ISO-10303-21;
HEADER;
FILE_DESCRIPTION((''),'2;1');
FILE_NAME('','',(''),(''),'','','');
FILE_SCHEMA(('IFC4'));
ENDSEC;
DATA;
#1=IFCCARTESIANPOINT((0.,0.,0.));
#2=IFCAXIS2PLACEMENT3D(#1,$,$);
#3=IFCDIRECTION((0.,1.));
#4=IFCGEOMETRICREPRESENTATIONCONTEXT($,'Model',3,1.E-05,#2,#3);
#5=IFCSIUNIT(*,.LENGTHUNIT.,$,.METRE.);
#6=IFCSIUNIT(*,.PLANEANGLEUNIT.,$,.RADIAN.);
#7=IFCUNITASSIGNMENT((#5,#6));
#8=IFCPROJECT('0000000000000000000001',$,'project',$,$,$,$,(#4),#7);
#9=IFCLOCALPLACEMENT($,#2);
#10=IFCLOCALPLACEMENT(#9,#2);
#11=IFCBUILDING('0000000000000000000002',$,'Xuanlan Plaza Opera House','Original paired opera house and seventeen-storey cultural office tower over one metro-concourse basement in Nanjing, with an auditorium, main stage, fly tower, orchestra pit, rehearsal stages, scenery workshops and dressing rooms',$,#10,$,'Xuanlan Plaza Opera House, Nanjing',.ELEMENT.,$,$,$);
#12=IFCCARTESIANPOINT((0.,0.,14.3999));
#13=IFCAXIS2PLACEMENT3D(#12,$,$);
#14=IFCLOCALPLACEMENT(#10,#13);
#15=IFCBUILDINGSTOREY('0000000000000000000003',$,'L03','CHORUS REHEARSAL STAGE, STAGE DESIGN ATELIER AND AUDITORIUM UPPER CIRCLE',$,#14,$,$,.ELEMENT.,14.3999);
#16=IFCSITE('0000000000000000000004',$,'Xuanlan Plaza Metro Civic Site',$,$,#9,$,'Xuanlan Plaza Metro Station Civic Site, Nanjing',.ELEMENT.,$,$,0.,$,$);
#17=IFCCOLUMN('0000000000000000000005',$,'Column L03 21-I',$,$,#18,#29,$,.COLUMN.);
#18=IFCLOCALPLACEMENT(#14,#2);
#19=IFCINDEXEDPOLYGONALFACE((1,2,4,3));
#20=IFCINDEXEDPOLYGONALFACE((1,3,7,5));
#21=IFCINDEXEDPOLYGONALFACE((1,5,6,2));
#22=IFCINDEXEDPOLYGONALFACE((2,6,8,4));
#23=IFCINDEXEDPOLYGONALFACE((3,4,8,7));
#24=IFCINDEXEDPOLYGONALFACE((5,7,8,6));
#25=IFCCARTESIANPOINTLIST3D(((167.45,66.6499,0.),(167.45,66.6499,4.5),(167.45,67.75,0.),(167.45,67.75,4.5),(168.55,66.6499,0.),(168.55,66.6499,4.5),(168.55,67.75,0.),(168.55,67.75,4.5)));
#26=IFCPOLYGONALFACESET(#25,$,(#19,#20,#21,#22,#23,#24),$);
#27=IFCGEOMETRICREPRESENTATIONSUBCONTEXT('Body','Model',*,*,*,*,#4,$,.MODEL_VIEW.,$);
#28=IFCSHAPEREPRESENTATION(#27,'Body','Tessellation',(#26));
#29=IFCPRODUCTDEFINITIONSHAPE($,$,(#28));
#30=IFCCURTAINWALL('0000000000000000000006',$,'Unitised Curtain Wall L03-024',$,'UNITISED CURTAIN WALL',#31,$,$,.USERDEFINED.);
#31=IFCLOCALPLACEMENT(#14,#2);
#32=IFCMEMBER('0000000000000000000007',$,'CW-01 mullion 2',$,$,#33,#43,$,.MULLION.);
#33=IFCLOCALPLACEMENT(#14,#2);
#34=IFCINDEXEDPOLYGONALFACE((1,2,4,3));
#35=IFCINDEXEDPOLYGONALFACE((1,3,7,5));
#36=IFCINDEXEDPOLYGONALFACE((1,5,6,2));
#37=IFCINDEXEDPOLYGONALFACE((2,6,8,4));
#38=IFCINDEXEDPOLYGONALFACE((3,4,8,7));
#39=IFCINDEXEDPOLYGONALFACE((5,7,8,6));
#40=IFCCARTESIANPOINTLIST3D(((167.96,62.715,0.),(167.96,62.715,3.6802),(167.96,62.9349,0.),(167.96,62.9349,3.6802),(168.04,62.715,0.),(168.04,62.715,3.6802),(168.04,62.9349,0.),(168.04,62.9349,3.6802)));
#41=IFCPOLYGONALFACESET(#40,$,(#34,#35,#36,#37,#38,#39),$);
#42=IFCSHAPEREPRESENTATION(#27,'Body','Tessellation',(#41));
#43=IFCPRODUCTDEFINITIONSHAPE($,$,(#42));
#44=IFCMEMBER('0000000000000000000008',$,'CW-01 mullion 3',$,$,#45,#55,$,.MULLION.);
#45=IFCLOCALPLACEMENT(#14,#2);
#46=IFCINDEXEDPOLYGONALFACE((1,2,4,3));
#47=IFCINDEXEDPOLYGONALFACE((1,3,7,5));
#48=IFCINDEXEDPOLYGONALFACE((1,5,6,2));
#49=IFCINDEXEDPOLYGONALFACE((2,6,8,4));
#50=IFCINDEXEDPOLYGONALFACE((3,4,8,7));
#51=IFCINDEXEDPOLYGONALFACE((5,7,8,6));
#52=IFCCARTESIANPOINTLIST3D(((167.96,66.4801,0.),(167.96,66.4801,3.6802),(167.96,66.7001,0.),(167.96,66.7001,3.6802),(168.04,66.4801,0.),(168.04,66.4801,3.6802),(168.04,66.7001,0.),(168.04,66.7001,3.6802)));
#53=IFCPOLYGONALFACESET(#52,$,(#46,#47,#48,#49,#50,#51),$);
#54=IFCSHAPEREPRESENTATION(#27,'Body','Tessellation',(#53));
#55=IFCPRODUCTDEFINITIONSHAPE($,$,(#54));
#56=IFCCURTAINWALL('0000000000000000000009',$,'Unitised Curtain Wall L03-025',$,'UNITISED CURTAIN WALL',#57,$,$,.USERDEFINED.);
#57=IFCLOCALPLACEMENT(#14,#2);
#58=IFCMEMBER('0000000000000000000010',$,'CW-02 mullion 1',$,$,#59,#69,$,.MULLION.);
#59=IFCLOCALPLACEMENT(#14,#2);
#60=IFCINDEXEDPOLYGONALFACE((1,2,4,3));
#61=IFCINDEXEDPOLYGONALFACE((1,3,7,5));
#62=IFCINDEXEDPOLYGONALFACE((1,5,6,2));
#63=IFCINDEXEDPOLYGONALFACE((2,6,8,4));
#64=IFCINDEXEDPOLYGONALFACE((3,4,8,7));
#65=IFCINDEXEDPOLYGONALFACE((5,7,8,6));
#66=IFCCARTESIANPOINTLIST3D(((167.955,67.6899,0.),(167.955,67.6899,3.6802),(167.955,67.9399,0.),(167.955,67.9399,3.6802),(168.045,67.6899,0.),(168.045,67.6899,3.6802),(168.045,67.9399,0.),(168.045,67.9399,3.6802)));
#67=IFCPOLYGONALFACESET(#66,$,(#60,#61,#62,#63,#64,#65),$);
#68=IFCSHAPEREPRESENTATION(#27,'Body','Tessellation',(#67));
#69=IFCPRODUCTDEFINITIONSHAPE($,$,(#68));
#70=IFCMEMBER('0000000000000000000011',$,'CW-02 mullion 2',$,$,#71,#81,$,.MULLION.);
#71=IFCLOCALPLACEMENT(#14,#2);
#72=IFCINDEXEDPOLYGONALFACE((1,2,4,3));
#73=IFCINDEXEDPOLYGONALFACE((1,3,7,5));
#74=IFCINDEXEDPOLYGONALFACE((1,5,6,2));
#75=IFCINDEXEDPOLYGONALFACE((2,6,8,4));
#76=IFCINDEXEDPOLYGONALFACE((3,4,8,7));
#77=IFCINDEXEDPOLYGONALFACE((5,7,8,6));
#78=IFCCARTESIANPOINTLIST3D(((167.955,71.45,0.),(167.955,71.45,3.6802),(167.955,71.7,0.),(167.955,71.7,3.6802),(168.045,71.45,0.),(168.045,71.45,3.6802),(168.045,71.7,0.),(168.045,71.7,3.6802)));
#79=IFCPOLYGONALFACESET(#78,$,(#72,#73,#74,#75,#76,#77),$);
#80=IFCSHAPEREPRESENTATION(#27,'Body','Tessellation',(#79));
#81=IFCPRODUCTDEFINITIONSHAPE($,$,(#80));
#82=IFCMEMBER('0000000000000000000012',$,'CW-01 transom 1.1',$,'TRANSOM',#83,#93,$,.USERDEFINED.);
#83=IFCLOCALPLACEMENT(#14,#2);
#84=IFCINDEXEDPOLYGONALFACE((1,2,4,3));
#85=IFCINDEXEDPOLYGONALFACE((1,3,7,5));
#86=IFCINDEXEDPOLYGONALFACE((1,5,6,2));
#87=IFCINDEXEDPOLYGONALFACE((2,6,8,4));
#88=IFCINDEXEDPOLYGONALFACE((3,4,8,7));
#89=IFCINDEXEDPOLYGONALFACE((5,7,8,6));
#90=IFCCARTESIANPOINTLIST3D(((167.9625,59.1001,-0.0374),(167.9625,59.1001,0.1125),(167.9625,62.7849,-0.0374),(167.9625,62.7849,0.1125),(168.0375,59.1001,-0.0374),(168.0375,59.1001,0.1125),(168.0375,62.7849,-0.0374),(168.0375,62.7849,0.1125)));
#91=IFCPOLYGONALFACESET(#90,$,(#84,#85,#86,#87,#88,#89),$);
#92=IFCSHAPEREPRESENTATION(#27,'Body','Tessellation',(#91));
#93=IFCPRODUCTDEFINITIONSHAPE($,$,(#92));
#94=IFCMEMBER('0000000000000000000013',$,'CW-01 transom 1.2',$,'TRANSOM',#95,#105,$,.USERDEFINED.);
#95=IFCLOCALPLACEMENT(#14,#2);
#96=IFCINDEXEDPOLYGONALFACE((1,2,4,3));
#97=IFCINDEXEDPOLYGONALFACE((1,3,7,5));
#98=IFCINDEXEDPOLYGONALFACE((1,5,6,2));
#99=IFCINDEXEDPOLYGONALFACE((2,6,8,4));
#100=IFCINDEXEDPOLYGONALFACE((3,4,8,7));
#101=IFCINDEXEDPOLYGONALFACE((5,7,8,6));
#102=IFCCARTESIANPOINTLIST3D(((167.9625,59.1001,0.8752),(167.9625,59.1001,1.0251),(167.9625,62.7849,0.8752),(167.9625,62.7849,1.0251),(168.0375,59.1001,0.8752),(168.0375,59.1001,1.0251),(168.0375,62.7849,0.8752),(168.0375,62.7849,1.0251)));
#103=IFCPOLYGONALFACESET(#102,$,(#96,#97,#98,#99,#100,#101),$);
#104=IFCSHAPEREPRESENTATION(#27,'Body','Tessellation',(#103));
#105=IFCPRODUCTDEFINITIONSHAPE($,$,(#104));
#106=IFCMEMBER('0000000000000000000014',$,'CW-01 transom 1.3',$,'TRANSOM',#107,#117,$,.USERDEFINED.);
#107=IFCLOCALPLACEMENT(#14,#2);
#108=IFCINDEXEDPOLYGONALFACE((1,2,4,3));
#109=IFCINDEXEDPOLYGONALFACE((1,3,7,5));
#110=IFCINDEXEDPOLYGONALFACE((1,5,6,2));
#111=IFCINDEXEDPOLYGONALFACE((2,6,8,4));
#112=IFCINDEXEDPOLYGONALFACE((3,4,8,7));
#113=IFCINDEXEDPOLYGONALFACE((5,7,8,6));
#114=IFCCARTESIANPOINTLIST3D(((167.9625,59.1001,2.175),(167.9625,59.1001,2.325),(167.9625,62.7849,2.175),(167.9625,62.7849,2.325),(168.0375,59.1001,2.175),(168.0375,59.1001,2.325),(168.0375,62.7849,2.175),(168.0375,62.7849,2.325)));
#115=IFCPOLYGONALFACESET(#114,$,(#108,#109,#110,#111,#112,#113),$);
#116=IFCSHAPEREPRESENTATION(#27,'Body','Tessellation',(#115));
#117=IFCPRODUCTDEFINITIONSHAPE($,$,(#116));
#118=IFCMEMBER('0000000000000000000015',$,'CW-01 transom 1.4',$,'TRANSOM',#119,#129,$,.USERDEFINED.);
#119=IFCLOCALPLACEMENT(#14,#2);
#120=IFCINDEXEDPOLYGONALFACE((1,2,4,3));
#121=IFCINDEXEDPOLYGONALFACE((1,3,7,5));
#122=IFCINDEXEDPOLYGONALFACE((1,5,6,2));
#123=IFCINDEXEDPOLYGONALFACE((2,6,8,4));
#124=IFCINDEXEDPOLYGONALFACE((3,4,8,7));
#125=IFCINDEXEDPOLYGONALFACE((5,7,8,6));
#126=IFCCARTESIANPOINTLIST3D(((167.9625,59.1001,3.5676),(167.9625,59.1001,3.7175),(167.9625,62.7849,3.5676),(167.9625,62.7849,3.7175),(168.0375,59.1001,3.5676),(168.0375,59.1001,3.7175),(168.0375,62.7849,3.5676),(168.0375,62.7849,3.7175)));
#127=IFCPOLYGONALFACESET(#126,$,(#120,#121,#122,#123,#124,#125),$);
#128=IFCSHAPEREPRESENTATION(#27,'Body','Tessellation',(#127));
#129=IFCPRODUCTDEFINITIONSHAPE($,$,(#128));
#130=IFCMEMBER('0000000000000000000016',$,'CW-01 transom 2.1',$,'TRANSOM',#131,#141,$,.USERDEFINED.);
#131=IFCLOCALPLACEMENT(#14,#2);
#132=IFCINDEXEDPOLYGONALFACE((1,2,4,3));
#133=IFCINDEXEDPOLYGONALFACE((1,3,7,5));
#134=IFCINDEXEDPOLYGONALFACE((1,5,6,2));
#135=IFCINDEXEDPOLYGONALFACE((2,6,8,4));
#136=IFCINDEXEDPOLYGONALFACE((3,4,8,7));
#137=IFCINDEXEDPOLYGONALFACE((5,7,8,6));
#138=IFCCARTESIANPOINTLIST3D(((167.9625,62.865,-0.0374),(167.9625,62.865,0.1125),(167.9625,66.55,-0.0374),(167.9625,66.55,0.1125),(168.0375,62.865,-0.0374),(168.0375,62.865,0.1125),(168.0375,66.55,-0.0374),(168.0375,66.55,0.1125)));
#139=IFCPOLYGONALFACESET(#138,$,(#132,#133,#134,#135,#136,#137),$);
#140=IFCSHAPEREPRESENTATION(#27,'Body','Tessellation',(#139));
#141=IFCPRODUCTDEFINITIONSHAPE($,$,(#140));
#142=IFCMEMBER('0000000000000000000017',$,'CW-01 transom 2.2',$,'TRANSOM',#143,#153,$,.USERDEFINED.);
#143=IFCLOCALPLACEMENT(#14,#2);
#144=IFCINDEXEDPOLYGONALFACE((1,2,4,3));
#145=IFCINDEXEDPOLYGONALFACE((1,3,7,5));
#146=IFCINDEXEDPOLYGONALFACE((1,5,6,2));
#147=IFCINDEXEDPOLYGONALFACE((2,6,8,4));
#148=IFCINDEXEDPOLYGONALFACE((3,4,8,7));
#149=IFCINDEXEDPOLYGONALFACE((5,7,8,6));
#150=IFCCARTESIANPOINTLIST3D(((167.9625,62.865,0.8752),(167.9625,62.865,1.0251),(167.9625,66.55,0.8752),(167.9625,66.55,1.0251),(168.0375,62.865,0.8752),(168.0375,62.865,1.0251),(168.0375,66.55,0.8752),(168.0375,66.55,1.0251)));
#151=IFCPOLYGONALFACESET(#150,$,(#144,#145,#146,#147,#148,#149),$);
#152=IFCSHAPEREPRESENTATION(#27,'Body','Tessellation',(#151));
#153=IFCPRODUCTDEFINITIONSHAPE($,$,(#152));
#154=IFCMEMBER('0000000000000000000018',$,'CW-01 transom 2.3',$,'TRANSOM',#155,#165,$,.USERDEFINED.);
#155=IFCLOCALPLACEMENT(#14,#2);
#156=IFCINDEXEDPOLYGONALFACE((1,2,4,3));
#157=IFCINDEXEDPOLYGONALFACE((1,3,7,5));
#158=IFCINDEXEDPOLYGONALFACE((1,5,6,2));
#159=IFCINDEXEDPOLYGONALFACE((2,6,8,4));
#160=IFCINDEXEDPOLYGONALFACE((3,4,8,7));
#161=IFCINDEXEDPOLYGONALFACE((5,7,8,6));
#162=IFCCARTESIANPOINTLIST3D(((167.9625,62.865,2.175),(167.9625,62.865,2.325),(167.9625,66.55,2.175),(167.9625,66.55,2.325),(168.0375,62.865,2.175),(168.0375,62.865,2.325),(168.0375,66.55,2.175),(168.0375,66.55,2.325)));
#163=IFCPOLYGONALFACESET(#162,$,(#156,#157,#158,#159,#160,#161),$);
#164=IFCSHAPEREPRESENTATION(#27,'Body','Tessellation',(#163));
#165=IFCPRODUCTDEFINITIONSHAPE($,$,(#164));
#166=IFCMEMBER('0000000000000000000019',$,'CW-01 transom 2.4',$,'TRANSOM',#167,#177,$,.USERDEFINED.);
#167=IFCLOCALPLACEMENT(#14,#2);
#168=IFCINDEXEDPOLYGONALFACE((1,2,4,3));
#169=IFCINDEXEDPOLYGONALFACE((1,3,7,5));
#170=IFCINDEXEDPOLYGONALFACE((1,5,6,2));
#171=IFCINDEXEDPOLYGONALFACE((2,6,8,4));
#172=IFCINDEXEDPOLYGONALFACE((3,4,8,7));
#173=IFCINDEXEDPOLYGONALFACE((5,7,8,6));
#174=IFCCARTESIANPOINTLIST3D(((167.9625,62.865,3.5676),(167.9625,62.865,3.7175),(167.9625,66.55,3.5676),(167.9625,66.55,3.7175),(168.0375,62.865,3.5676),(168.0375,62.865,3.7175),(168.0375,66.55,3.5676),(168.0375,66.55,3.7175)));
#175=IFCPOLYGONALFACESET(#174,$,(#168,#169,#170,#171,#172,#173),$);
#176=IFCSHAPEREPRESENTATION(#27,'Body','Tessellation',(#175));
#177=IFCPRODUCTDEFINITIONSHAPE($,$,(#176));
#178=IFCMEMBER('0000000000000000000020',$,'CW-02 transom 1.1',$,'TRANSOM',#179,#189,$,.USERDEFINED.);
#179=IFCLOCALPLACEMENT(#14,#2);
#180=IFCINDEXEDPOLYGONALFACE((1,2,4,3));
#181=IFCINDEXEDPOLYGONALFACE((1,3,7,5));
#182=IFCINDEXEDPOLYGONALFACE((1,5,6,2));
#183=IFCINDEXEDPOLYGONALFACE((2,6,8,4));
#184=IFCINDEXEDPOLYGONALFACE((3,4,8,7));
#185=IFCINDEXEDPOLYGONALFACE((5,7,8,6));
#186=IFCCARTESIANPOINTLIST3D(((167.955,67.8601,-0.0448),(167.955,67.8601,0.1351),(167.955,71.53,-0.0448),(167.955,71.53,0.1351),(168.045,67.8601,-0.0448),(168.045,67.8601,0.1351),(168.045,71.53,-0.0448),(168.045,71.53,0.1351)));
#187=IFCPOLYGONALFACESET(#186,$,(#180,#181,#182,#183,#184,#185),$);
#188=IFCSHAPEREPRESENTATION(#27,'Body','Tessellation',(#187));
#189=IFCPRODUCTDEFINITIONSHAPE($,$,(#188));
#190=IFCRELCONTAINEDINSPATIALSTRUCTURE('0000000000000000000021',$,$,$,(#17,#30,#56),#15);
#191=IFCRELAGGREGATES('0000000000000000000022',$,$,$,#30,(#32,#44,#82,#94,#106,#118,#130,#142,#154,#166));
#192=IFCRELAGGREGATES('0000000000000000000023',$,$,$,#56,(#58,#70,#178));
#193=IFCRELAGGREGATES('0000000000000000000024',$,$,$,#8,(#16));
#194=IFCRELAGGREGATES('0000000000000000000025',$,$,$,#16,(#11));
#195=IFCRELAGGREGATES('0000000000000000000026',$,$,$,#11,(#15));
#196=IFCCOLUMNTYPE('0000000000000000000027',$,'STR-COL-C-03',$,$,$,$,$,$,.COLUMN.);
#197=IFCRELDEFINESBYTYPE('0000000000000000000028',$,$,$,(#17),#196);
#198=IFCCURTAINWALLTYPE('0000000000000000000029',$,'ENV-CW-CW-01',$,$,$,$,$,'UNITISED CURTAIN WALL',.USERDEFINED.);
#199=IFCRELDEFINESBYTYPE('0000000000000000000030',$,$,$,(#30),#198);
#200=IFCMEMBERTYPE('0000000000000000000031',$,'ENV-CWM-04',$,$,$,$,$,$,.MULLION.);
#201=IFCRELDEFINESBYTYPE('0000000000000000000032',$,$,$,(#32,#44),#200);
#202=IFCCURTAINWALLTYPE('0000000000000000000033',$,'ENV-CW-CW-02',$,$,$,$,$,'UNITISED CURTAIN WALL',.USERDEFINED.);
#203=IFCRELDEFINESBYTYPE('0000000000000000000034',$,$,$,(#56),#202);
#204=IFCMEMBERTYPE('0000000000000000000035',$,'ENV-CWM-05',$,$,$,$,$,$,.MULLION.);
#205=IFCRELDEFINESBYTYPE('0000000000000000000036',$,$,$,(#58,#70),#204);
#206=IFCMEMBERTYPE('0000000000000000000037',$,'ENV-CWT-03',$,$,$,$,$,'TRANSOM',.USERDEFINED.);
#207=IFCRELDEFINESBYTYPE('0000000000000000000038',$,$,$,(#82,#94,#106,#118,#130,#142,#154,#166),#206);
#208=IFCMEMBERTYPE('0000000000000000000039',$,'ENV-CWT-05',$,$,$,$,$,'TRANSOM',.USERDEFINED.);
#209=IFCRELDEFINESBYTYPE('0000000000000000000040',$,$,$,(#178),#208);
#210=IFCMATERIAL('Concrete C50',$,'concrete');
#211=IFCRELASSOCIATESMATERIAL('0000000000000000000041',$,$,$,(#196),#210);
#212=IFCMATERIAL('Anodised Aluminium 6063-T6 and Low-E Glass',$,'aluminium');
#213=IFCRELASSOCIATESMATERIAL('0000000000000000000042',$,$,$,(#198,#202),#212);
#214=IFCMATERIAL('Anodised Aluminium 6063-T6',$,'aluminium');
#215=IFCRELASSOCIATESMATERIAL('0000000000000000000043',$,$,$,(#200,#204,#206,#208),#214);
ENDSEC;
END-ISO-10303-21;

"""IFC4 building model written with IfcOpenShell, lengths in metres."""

from ifc_helpers import new_model, si_unit, direction, frame, origin, origin_2d, place, context, subcontext, project, spatial, rectangle, extrude, material, material_profile, profile_set, type_object, element, aggregate, save


model = new_model("IFC4")

# Units and contexts
model_context = context("Model", 3, precision=1e-05, world=origin(), true_north=direction((0.0, 1.0)))
body_context = subcontext(model_context, "Body", "Model", "MODEL_VIEW")
ifc_project = project(units=[si_unit("LENGTHUNIT", "METRE"), si_unit("PLANEANGLEUNIT", "RADIAN")], contexts=[model_context])

# Site, building, storey
site_placement = place(None, origin())
site = spatial("IfcSite", under=ifc_project, at=site_placement, Name="Xuanlan Plaza Metro Civic Site", LongName="Xuanlan Plaza Metro Station Civic Site, Nanjing", CompositionType="ELEMENT", RefElevation=0.0)
building_placement = place(site_placement, origin())
building = spatial("IfcBuilding", under=site, at=building_placement, Name="Xuanlan Plaza Opera House", Description="Original paired opera house and seventeen-storey cultural office tower over one metro-concourse basement in Nanjing, with an auditorium, main stage, fly tower, orchestra pit, rehearsal stages, scenery workshops and dressing rooms", LongName="Xuanlan Plaza Opera House, Nanjing", CompositionType="ELEMENT")
storey_placement = place(building_placement, frame((0.0, 0.0, 14.3999)))
storey = spatial("IfcBuildingStorey", under=building, at=storey_placement, Name="L03", Description="CHORUS REHEARSAL STAGE, STAGE DESIGN ATELIER AND AUDITORIUM UPPER CIRCLE", CompositionType="ELEMENT", Elevation=14.3999)

# Column
ifc_material_1 = material(Name="Concrete C50", Category="concrete")
ifc_material_profile_1 = material_profile(ifc_material_1, rectangle(XDim=1.1001, YDim=1.1001, at=origin_2d()), Name="RC-COL 1100x1100")
ifc_profile_set_1 = profile_set([ifc_material_profile_1], Name="Concrete C50")
column_type = type_object("IfcColumnType", Name="STR-COL-C-03", PredefinedType="COLUMN", material=ifc_profile_set_1)
column_placement = place(storey_placement, frame((168.0, 67.2, 0.0), z_axis=(0.0, 0.0, 1.0), x_axis=(1.0, 0.0, 0.0)))
element("IfcColumn", 1, at=column_placement, inside=storey, type_object=column_type, Name="Column L03 21-I", PredefinedType="COLUMN", context=body_context, shape_type="SweptSolid", body=[
    extrude(rectangle(XDim=1.1001, YDim=1.1001, at=origin_2d()), origin(), (0.0, 0.0, 1.0), 4.5),
])

# Curtain walls, members
ifc_material_2 = material(Name="Anodised Aluminium 6063-T6 and Low-E Glass", Category="aluminium")
curtain_wall_type_1 = type_object("IfcCurtainWallType", Name="ENV-CW-CW-01", ElementType="UNITISED CURTAIN WALL", PredefinedType="USERDEFINED", material=ifc_material_2)
curtain_wall_1_placement = place(storey_placement, origin())
curtain_wall_1 = element("IfcCurtainWall", 2, at=curtain_wall_1_placement, inside=storey, type_object=curtain_wall_type_1, Name="Unitised Curtain Wall L03-024", ObjectType="UNITISED CURTAIN WALL", PredefinedType="USERDEFINED")
ifc_material_3 = material(Name="Anodised Aluminium 6063-T6", Category="aluminium")
ifc_material_profile_2 = material_profile(ifc_material_3, rectangle(XDim=0.0801, YDim=0.22, at=origin_2d()), Name="ALU-M 80x220")
ifc_profile_set_2 = profile_set([ifc_material_profile_2], Name="Anodised Aluminium 6063-T6")
member_type_1 = type_object("IfcMemberType", Name="ENV-CWM-04", PredefinedType="MULLION", material=ifc_profile_set_2)
member_1_placement = place(storey_placement, frame((168.0, 62.825, 0.0), z_axis=(0.0, 0.0, 1.0), x_axis=(-1.0, 0.0, 0.0)))
member_1 = element("IfcMember", 3, at=member_1_placement, type_object=member_type_1, Name="CW-01 mullion 2", PredefinedType="MULLION", context=body_context, shape_type="SweptSolid", body=[
    extrude(rectangle(XDim=0.0801, YDim=0.22, at=origin_2d()), origin(), (0.0, 0.0, 1.0), 3.6802),
])
member_2_placement = place(storey_placement, frame((168.0, 66.5901, 0.0), z_axis=(0.0, 0.0, 1.0), x_axis=(-1.0, 0.0, 0.0)))
member_2 = element("IfcMember", 4, at=member_2_placement, type_object=member_type_1, Name="CW-01 mullion 3", PredefinedType="MULLION", context=body_context, shape_type="SweptSolid", body=[
    extrude(rectangle(XDim=0.0801, YDim=0.22, at=origin_2d()), origin(), (0.0, 0.0, 1.0), 3.6802),
])
curtain_wall_type_2 = type_object("IfcCurtainWallType", Name="ENV-CW-CW-02", ElementType="UNITISED CURTAIN WALL", PredefinedType="USERDEFINED", material=ifc_material_2)
curtain_wall_2_placement = place(storey_placement, origin())
curtain_wall_2 = element("IfcCurtainWall", 5, at=curtain_wall_2_placement, inside=storey, type_object=curtain_wall_type_2, Name="Unitised Curtain Wall L03-025", ObjectType="UNITISED CURTAIN WALL", PredefinedType="USERDEFINED")
ifc_material_profile_3 = material_profile(ifc_material_3, rectangle(XDim=0.0901, YDim=0.25, at=origin_2d()), Name="ALU-M 90x250")
ifc_profile_set_3 = profile_set([ifc_material_profile_3], Name="Anodised Aluminium 6063-T6")
member_type_2 = type_object("IfcMemberType", Name="ENV-CWM-05", PredefinedType="MULLION", material=ifc_profile_set_3)
member_3_placement = place(storey_placement, frame((168.0, 67.8149, 0.0), z_axis=(0.0, 0.0, 1.0), x_axis=(-1.0, 0.0, 0.0)))
member_3 = element("IfcMember", 6, at=member_3_placement, type_object=member_type_2, Name="CW-02 mullion 1", PredefinedType="MULLION", context=body_context, shape_type="SweptSolid", body=[
    extrude(rectangle(XDim=0.0901, YDim=0.25, at=origin_2d()), origin(), (0.0, 0.0, 1.0), 3.6802),
])
member_4_placement = place(storey_placement, frame((168.0, 71.575, 0.0), z_axis=(0.0, 0.0, 1.0), x_axis=(-1.0, 0.0, 0.0)))
member_4 = element("IfcMember", 7, at=member_4_placement, type_object=member_type_2, Name="CW-02 mullion 2", PredefinedType="MULLION", context=body_context, shape_type="SweptSolid", body=[
    extrude(rectangle(XDim=0.0901, YDim=0.25, at=origin_2d()), origin(), (0.0, 0.0, 1.0), 3.6802),
])

# Members
ifc_material_profile_4 = material_profile(ifc_material_3, rectangle(XDim=0.075, YDim=0.1499, at=origin_2d()), Name="ALU-T 75x150")
ifc_profile_set_4 = profile_set([ifc_material_profile_4], Name="Anodised Aluminium 6063-T6")
member_type_3 = type_object("IfcMemberType", Name="ENV-CWT-03", ElementType="TRANSOM", PredefinedType="USERDEFINED", material=ifc_profile_set_4)
member_5_placement = place(storey_placement, frame((168.0, 59.1001, 0.0376), z_axis=(0.0, 1.0, 0.0), x_axis=(-1.0, 0.0, 0.0)))
member_5 = element("IfcMember", 8, at=member_5_placement, type_object=member_type_3, Name="CW-01 transom 1.1", ObjectType="TRANSOM", PredefinedType="USERDEFINED", context=body_context, shape_type="SweptSolid", body=[
    extrude(rectangle(XDim=0.075, YDim=0.1499, at=origin_2d()), origin(), (0.0, 0.0, 1.0), 3.6848),
])
member_6_placement = place(storey_placement, frame((168.0, 59.1001, 0.9502), z_axis=(0.0, 1.0, 0.0), x_axis=(-1.0, 0.0, 0.0)))
member_6 = element("IfcMember", 9, at=member_6_placement, type_object=member_type_3, Name="CW-01 transom 1.2", ObjectType="TRANSOM", PredefinedType="USERDEFINED", context=body_context, shape_type="SweptSolid", body=[
    extrude(rectangle(XDim=0.075, YDim=0.1499, at=origin_2d()), origin(), (0.0, 0.0, 1.0), 3.6848),
])
member_7_placement = place(storey_placement, frame((168.0, 59.1001, 2.25), z_axis=(0.0, 1.0, 0.0), x_axis=(-1.0, 0.0, 0.0)))
member_7 = element("IfcMember", 10, at=member_7_placement, type_object=member_type_3, Name="CW-01 transom 1.3", ObjectType="TRANSOM", PredefinedType="USERDEFINED", context=body_context, shape_type="SweptSolid", body=[
    extrude(rectangle(XDim=0.075, YDim=0.1499, at=origin_2d()), origin(), (0.0, 0.0, 1.0), 3.6848),
])
member_8_placement = place(storey_placement, frame((168.0, 59.1001, 3.6426), z_axis=(0.0, 1.0, 0.0), x_axis=(-1.0, 0.0, 0.0)))
member_8 = element("IfcMember", 11, at=member_8_placement, type_object=member_type_3, Name="CW-01 transom 1.4", ObjectType="TRANSOM", PredefinedType="USERDEFINED", context=body_context, shape_type="SweptSolid", body=[
    extrude(rectangle(XDim=0.075, YDim=0.1499, at=origin_2d()), origin(), (0.0, 0.0, 1.0), 3.6848),
])
member_9_placement = place(storey_placement, frame((168.0, 62.865, 0.0376), z_axis=(0.0, 1.0, 0.0), x_axis=(-1.0, 0.0, 0.0)))
member_9 = element("IfcMember", 12, at=member_9_placement, type_object=member_type_3, Name="CW-01 transom 2.1", ObjectType="TRANSOM", PredefinedType="USERDEFINED", context=body_context, shape_type="SweptSolid", body=[
    extrude(rectangle(XDim=0.075, YDim=0.1499, at=origin_2d()), origin(), (0.0, 0.0, 1.0), 3.6851),
])
member_10_placement = place(storey_placement, frame((168.0, 62.865, 0.9502), z_axis=(0.0, 1.0, 0.0), x_axis=(-1.0, 0.0, 0.0)))
member_10 = element("IfcMember", 13, at=member_10_placement, type_object=member_type_3, Name="CW-01 transom 2.2", ObjectType="TRANSOM", PredefinedType="USERDEFINED", context=body_context, shape_type="SweptSolid", body=[
    extrude(rectangle(XDim=0.075, YDim=0.1499, at=origin_2d()), origin(), (0.0, 0.0, 1.0), 3.6851),
])
member_11_placement = place(storey_placement, frame((168.0, 62.865, 2.25), z_axis=(0.0, 1.0, 0.0), x_axis=(-1.0, 0.0, 0.0)))
member_11 = element("IfcMember", 14, at=member_11_placement, type_object=member_type_3, Name="CW-01 transom 2.3", ObjectType="TRANSOM", PredefinedType="USERDEFINED", context=body_context, shape_type="SweptSolid", body=[
    extrude(rectangle(XDim=0.075, YDim=0.1499, at=origin_2d()), origin(), (0.0, 0.0, 1.0), 3.6851),
])
member_12_placement = place(storey_placement, frame((168.0, 62.865, 3.6426), z_axis=(0.0, 1.0, 0.0), x_axis=(-1.0, 0.0, 0.0)))
member_12 = element("IfcMember", 15, at=member_12_placement, type_object=member_type_3, Name="CW-01 transom 2.4", ObjectType="TRANSOM", PredefinedType="USERDEFINED", context=body_context, shape_type="SweptSolid", body=[
    extrude(rectangle(XDim=0.075, YDim=0.1499, at=origin_2d()), origin(), (0.0, 0.0, 1.0), 3.6851),
])
ifc_material_profile_5 = material_profile(ifc_material_3, rectangle(XDim=0.0901, YDim=0.1799, at=origin_2d()), Name="ALU-T 90x180")
ifc_profile_set_5 = profile_set([ifc_material_profile_5], Name="Anodised Aluminium 6063-T6")
member_type_4 = type_object("IfcMemberType", Name="ENV-CWT-05", ElementType="TRANSOM", PredefinedType="USERDEFINED", material=ifc_profile_set_5)
member_13_placement = place(storey_placement, frame((168.0, 67.8601, 0.0452), z_axis=(0.0, 1.0, 0.0), x_axis=(-1.0, 0.0, 0.0)))
member_13 = element("IfcMember", 16, at=member_13_placement, type_object=member_type_4, Name="CW-02 transom 1.1", ObjectType="TRANSOM", PredefinedType="USERDEFINED", context=body_context, shape_type="SweptSolid", body=[
    extrude(rectangle(XDim=0.0901, YDim=0.1799, at=origin_2d()), origin(), (0.0, 0.0, 1.0), 3.6699),
])

aggregate(curtain_wall_1, [member_1, member_2, member_5, member_6, member_7, member_8, member_9, member_10, member_11, member_12])
aggregate(curtain_wall_2, [member_3, member_4, member_13])

save(model, "model.ifc")
